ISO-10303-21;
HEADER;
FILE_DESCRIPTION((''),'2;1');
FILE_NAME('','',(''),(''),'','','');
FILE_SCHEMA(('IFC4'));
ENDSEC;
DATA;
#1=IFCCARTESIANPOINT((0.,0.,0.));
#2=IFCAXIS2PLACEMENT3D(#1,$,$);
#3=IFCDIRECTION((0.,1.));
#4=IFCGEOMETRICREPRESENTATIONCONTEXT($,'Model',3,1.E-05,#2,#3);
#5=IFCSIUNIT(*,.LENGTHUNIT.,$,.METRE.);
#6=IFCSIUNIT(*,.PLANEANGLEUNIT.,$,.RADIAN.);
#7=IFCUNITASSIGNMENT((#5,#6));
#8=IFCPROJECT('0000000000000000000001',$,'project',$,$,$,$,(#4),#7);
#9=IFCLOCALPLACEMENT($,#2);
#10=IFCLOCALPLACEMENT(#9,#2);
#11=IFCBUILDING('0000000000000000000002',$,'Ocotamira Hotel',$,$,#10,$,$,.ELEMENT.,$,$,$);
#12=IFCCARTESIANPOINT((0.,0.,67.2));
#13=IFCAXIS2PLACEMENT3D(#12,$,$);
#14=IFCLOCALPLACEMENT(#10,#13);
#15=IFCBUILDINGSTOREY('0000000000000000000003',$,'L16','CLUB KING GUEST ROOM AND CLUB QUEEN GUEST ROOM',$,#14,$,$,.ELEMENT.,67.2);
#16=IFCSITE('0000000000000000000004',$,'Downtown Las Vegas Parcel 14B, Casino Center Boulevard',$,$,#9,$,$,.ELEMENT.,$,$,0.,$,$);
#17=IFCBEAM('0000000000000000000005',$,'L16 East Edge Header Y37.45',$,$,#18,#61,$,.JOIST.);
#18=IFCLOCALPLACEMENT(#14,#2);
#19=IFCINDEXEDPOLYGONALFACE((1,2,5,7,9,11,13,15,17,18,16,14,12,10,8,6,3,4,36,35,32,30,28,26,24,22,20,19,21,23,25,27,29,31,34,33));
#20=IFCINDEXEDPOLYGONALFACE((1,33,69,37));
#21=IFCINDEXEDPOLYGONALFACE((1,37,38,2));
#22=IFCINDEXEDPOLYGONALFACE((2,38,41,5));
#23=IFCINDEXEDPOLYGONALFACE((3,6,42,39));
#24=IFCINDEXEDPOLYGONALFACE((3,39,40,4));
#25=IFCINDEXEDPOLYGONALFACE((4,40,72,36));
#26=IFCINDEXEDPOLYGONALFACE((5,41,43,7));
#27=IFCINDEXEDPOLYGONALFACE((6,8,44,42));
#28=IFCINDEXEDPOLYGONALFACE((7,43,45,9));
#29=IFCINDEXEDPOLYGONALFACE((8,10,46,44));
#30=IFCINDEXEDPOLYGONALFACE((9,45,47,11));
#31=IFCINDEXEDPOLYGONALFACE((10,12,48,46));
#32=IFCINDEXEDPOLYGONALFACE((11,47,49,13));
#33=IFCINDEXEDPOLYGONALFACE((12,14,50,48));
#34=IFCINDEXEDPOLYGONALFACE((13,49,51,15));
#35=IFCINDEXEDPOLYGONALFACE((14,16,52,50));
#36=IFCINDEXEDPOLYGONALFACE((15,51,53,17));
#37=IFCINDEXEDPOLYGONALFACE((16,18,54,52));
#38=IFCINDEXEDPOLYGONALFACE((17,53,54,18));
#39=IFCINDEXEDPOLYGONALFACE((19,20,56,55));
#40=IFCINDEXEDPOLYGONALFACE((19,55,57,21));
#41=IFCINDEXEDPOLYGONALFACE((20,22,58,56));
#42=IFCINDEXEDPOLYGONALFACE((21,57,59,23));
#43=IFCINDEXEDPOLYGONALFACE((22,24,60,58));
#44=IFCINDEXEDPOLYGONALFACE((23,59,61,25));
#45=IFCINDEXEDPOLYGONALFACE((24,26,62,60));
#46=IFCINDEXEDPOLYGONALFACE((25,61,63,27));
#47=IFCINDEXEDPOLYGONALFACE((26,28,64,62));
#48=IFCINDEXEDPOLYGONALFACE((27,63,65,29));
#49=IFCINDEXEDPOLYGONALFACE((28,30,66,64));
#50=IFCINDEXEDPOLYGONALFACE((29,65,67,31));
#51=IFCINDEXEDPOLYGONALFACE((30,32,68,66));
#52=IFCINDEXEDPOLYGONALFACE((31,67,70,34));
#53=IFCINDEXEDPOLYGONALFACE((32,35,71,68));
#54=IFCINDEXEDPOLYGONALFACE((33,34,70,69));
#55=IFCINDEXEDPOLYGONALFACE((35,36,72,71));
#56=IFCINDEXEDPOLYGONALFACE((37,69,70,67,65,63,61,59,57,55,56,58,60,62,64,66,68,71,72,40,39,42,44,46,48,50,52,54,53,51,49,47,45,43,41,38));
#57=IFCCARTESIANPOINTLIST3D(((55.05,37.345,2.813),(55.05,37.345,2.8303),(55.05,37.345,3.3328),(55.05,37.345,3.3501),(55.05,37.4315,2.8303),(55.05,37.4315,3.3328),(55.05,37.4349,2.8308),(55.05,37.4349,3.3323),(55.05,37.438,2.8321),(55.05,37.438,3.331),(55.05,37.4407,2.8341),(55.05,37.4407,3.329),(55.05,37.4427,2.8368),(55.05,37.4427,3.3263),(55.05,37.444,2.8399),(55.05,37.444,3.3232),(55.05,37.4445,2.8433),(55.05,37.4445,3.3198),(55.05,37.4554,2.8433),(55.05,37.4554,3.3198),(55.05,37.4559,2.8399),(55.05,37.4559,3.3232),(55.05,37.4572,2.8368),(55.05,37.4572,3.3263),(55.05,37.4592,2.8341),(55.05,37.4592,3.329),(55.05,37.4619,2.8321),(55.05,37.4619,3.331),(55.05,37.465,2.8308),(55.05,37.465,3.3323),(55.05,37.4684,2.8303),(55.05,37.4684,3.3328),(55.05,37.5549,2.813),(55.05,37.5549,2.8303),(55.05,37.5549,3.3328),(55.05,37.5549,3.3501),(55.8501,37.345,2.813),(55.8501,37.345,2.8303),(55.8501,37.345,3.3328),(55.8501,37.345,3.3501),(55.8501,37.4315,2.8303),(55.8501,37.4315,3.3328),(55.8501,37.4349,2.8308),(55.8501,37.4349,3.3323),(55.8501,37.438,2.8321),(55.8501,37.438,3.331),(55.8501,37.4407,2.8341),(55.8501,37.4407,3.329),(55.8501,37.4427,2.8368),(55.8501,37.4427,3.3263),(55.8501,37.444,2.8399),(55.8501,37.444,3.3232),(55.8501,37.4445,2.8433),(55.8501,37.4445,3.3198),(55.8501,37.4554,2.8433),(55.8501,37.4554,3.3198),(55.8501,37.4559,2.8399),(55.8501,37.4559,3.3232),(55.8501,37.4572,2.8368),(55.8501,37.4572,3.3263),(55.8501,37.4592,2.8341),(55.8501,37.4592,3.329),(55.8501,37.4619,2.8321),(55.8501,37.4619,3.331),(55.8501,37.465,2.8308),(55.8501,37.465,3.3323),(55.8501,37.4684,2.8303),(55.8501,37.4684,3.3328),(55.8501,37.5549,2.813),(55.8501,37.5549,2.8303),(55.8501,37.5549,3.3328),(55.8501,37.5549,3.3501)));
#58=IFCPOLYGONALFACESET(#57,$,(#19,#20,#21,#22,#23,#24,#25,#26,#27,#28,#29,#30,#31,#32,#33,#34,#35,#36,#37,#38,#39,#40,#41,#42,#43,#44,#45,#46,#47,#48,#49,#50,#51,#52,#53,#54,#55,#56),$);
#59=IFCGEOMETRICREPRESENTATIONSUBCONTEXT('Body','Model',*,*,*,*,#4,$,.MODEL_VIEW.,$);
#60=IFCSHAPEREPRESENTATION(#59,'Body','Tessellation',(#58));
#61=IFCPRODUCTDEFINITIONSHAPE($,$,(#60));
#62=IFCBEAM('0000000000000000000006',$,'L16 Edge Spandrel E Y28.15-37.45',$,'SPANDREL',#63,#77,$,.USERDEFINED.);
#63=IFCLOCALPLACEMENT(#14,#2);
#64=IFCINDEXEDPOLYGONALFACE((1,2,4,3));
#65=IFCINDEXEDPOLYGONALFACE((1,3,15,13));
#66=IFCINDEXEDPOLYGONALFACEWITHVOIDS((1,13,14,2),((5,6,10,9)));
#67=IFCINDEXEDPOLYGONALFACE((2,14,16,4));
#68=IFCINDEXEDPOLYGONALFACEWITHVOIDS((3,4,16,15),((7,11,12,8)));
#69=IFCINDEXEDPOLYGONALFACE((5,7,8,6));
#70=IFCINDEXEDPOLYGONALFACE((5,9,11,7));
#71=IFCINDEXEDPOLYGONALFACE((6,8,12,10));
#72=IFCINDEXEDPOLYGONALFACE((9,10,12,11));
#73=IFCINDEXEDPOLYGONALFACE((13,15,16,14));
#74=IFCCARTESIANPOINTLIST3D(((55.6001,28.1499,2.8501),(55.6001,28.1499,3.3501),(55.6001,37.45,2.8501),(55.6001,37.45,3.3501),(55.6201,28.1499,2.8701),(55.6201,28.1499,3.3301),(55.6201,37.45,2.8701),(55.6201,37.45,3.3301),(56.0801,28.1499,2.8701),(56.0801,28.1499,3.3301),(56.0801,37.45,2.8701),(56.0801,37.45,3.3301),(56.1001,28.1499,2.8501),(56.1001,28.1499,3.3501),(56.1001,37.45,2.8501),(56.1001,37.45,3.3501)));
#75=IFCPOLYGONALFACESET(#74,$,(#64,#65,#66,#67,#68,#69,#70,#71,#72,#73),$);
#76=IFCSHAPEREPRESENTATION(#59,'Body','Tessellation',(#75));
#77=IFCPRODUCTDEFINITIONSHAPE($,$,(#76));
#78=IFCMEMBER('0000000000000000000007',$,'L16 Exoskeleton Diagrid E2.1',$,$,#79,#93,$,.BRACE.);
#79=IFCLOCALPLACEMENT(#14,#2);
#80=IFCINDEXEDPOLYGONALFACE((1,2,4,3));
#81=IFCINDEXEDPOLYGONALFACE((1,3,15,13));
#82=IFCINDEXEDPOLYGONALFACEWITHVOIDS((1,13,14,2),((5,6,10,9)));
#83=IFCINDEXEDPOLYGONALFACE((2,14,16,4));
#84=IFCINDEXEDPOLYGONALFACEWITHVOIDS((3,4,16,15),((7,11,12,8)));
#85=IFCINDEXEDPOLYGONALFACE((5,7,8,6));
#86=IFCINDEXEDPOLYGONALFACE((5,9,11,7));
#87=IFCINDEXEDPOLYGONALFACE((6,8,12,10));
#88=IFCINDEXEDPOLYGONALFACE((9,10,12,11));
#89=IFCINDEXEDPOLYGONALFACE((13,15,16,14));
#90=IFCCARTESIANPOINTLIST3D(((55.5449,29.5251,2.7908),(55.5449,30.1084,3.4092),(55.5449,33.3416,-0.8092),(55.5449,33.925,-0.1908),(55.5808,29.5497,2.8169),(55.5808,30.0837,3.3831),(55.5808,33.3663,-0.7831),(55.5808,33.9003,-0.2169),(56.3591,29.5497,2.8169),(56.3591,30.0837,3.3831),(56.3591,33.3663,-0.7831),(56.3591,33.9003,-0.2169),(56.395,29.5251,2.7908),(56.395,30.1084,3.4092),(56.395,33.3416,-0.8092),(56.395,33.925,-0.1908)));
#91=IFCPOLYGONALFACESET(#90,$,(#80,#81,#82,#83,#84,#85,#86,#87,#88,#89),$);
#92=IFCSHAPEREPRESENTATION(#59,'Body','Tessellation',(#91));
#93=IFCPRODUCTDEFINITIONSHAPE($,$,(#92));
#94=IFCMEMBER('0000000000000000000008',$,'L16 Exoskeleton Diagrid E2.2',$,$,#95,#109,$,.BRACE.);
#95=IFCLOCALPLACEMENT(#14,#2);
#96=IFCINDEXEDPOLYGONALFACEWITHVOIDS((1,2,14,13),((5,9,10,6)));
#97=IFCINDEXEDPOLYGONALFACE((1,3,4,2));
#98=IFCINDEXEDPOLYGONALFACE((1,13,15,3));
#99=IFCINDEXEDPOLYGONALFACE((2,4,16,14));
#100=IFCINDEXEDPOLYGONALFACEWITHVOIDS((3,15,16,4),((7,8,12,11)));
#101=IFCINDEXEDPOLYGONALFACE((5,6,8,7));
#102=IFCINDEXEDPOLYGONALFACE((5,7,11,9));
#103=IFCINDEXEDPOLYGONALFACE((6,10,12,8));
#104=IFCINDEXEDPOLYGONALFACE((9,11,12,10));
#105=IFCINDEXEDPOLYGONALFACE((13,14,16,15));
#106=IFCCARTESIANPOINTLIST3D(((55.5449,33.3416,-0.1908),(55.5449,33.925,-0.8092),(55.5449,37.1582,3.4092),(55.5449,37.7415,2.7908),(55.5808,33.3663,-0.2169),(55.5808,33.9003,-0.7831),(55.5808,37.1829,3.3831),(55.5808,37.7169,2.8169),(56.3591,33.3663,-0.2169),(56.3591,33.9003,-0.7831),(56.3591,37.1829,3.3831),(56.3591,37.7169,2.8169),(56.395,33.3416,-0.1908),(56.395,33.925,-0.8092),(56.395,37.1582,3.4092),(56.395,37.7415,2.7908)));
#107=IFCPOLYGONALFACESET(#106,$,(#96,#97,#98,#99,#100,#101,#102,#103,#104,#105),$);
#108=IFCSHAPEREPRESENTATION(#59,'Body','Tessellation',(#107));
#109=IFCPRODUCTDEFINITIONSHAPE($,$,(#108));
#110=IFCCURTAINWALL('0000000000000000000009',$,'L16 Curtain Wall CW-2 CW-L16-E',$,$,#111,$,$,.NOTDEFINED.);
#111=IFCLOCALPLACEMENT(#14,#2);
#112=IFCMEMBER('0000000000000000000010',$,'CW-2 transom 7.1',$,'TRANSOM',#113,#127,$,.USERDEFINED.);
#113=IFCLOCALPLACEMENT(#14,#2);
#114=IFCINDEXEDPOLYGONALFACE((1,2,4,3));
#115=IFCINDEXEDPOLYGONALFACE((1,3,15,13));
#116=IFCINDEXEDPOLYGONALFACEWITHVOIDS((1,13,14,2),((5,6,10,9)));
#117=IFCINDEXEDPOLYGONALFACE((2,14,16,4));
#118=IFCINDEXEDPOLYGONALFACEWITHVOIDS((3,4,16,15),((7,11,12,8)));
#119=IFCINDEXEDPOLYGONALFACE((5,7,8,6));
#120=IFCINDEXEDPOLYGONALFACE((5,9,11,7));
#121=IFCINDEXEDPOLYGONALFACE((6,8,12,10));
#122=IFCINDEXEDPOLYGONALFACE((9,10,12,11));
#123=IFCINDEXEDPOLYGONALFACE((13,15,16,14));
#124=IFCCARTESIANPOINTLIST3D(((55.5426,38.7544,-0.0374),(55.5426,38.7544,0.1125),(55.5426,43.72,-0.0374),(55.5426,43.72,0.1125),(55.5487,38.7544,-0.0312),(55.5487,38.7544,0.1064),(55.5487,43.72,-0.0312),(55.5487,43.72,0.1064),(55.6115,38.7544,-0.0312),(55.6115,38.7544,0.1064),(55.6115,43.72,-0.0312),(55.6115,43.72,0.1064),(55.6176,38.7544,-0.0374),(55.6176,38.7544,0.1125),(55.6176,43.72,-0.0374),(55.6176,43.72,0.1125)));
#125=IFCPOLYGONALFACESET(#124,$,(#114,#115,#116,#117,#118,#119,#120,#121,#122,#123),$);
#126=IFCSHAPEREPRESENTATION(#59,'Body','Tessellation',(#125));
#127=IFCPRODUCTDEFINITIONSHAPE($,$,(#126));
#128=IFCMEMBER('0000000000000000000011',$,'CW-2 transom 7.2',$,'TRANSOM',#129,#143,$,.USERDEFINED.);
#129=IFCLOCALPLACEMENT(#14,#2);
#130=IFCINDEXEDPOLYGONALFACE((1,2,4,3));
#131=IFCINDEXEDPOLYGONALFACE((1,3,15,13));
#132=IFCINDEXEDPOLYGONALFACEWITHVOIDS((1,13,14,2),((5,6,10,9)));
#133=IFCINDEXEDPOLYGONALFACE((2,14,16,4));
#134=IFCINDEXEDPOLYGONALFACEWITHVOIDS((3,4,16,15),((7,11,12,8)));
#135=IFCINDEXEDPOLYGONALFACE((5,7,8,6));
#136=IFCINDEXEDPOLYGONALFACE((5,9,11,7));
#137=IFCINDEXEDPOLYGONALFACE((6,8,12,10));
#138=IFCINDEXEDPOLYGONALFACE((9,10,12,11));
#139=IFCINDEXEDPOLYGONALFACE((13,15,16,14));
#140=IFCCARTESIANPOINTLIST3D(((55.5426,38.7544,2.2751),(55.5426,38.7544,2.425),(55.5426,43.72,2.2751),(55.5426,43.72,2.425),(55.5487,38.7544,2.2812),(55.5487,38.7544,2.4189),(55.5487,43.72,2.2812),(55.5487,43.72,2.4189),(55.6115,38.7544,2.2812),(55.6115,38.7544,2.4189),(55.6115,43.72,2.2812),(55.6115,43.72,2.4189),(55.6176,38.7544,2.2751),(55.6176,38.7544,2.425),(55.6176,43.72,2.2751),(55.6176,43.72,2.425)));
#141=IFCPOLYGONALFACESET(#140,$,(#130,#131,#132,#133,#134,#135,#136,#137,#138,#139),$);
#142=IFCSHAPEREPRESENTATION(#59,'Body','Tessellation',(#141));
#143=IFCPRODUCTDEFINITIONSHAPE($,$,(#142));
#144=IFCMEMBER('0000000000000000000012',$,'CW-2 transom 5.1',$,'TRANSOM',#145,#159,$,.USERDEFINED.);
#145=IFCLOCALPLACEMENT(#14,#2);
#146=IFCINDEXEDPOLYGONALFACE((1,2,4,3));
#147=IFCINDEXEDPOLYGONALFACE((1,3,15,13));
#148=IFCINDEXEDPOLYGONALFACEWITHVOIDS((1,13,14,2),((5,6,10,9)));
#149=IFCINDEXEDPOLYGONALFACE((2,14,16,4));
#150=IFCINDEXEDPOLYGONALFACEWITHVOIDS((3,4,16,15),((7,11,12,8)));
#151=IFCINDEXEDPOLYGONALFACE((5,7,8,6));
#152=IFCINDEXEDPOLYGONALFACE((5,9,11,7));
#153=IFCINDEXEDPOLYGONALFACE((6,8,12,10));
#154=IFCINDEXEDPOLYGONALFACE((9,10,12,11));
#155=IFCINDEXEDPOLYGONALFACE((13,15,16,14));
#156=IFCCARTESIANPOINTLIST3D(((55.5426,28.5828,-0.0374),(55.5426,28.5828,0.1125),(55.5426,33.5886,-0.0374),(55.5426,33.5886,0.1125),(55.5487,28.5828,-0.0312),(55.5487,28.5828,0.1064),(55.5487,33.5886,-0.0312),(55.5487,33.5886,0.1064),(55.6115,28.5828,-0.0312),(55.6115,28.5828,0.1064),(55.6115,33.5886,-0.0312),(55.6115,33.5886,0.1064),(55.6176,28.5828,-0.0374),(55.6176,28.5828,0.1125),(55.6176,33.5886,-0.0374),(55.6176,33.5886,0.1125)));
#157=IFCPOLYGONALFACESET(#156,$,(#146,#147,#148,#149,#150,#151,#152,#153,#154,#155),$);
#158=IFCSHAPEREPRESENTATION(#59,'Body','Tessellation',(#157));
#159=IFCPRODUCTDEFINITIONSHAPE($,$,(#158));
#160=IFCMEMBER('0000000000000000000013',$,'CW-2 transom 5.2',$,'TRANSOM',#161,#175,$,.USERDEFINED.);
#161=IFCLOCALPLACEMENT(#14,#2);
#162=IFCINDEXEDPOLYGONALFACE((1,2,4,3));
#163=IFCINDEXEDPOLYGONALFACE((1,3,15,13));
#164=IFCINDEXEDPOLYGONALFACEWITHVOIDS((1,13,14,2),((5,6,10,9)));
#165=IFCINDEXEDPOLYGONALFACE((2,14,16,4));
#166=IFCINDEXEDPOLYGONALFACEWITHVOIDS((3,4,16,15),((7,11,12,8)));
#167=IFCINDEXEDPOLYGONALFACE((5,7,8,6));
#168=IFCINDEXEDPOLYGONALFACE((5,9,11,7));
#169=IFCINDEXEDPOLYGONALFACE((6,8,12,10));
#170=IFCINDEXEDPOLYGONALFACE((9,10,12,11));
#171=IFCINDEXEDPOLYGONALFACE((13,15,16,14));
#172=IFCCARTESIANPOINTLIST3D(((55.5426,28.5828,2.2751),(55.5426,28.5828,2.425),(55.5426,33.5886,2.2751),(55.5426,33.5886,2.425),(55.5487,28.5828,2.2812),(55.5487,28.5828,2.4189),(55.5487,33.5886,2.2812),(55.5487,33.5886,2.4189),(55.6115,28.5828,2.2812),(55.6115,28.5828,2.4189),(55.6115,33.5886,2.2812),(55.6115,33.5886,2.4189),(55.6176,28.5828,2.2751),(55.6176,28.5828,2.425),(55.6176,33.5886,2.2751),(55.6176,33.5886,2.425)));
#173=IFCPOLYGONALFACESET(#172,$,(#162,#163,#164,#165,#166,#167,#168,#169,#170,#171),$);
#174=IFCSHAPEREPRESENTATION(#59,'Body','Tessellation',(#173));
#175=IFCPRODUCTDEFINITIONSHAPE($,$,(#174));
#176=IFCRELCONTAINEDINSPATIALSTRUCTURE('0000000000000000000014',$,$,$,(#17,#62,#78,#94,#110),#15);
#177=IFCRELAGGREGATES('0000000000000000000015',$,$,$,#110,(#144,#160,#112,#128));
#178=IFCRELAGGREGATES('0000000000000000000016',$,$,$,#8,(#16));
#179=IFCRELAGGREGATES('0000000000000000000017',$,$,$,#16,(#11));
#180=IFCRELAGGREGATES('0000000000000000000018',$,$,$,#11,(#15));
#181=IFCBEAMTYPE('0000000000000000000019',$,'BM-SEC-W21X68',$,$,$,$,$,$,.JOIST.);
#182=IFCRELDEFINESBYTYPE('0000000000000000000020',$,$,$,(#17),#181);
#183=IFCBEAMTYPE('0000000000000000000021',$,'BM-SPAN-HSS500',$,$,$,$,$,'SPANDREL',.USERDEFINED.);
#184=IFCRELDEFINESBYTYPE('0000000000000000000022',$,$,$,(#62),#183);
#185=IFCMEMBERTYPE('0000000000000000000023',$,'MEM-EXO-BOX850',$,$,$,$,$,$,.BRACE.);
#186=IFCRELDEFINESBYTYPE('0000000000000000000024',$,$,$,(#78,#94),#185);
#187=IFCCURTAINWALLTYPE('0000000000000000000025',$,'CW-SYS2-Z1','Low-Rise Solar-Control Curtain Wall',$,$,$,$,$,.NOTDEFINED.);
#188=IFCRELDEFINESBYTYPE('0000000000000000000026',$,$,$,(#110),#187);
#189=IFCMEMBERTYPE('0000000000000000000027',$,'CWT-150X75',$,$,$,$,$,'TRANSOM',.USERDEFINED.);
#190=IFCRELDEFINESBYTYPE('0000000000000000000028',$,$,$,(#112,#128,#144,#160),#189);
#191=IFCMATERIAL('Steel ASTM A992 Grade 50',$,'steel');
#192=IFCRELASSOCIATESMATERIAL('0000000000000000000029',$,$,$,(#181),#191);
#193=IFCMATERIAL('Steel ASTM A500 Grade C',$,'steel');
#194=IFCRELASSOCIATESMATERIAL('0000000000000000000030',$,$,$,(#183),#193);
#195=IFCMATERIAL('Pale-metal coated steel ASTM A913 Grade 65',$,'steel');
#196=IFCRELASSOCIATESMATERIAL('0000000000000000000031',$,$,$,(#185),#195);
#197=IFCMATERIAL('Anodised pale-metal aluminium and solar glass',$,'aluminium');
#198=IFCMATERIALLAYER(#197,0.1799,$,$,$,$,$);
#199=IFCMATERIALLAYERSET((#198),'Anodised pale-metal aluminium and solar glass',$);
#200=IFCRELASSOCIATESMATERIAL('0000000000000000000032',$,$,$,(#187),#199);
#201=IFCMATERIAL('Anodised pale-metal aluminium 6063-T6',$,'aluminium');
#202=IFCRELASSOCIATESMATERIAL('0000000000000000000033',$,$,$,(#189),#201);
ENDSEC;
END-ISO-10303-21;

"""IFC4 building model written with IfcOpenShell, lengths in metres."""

from ifc_helpers import new_model, si_unit, direction, frame, origin, origin_2d, place, context, subcontext, project, spatial, hollow_rectangle, i_section, extrude, source, transform, mapped, material, layer, layer_set, material_profile, profile_set, type_object, element, aggregate, save


model = new_model("IFC4")

# Units and contexts
model_context = context("Model", 3, precision=1e-05, world=origin(), true_north=direction((0.0, 1.0)))
body_context = subcontext(model_context, "Body", "Model", "MODEL_VIEW")
ifc_project = project(units=[si_unit("LENGTHUNIT", "METRE"), si_unit("PLANEANGLEUNIT", "RADIAN")], contexts=[model_context])

# Site, building, storey
site_placement = place(None, origin())
site = spatial("IfcSite", under=ifc_project, at=site_placement, Name="Downtown Las Vegas Parcel 14B, Casino Center Boulevard", CompositionType="ELEMENT", RefElevation=0.0)
building_placement = place(site_placement, origin())
building = spatial("IfcBuilding", under=site, at=building_placement, Name="Ocotamira Hotel", CompositionType="ELEMENT")
storey_placement = place(building_placement, frame((0.0, 0.0, 67.2)))
storey = spatial("IfcBuildingStorey", under=building, at=storey_placement, Name="L16", Description="CLUB KING GUEST ROOM AND CLUB QUEEN GUEST ROOM", CompositionType="ELEMENT", Elevation=67.2)

# Beams
ifc_material_1 = material(Name="Steel ASTM A500 Grade C", Category="steel")
ifc_material_2 = material(Name="Steel ASTM A992 Grade 50", Category="steel")
ifc_material_profile_1 = material_profile(ifc_material_2, i_section(OverallWidth=0.21, OverallDepth=0.5371, WebThickness=0.011, FlangeThickness=0.0173, FilletRadius=0.0129, at=origin_2d()), Name="W21X68")
ifc_profile_set_1 = profile_set([ifc_material_profile_1], Name="Steel ASTM A992 Grade 50")
beam_type_1 = type_object("IfcBeamType", Name="BM-SEC-W21X68", PredefinedType="JOIST", material=ifc_profile_set_1)
shared_shape_1 = source(origin(), body_context, "Body", "SweptSolid", [
    extrude(i_section(OverallWidth=0.21, OverallDepth=0.5371, WebThickness=0.011, FlangeThickness=0.0173, FilletRadius=0.0129, at=origin_2d()), origin(), (0.0, 0.0, 1.0), 0.8),
])
for number, where, z_axis, x_axis, name in (
    (1, (55.05, 37.45, 3.0815), (1.0, 0.0, 0.0), (0.0, 1.0, 0.0), "L16 East Edge Header Y37.45"),
):
    element("IfcBeam", number, at=place(storey_placement, frame(where, z_axis=z_axis, x_axis=x_axis)), inside=storey, type_object=beam_type_1, Name=name, PredefinedType="JOIST", context=body_context, shape_type="MappedRepresentation", body=[
        mapped(shared_shape_1, transform((0.0, 0.0, 0.0), scale=1.0)),
    ])
ifc_material_profile_2 = material_profile(ifc_material_1, hollow_rectangle(XDim=0.5, YDim=0.5, WallThickness=0.02, at=origin_2d()), Name="HSS500X500X20")
ifc_profile_set_2 = profile_set([ifc_material_profile_2], Name="Steel ASTM A500 Grade C")
beam_type_2 = type_object("IfcBeamType", Name="BM-SPAN-HSS500", ElementType="SPANDREL", PredefinedType="USERDEFINED", material=ifc_profile_set_2)
shared_shape_2 = source(origin(), body_context, "Body", "SweptSolid", [
    extrude(hollow_rectangle(XDim=0.5, YDim=0.5, WallThickness=0.02, at=origin_2d()), origin(), (0.0, 0.0, 1.0), 9.3),
])
beam_1_placement = place(storey_placement, frame((55.8501, 28.1499, 3.1001), z_axis=(0.0, 1.0, 0.0), x_axis=(-1.0, 0.0, 0.0)))
element("IfcBeam", 2, at=beam_1_placement, inside=storey, type_object=beam_type_2, Name="L16 Edge Spandrel E Y28.15-37.45", ObjectType="SPANDREL", PredefinedType="USERDEFINED", context=body_context, shape_type="MappedRepresentation", body=[
    mapped(shared_shape_2, transform((0.0, 0.0, 0.0), scale=1.0)),
])

# Members
ifc_material_3 = material(Name="Pale-metal coated steel ASTM A913 Grade 65", Category="steel")
ifc_material_profile_3 = material_profile(ifc_material_3, hollow_rectangle(XDim=0.8501, YDim=0.8501, WallThickness=0.0359, at=origin_2d()), Name="BOX850X850X36")
ifc_profile_set_3 = profile_set([ifc_material_profile_3], Name="Pale-metal coated steel ASTM A913 Grade 65")
member_type_1 = type_object("IfcMemberType", Name="MEM-EXO-BOX850", PredefinedType="BRACE", material=ifc_profile_set_3)
shared_shape_3 = source(origin(), body_context, "Body", "SweptSolid", [
    extrude(hollow_rectangle(XDim=0.8501, YDim=0.8501, WallThickness=0.0359, at=origin_2d()), origin(), (0.0, 0.0, 1.0), 5.2466),
])
for number, where, z_axis, x_axis, name in (
    (3, (55.97, 33.6333, -0.5), (0.0, -0.727443, 0.686168), (1.0, 0.0, 0.0), "L16 Exoskeleton Diagrid E2.1"),
    (4, (55.97, 33.6333, -0.5), (0.0, 0.727443, 0.686168), (-1.0, 0.0, 0.0), "L16 Exoskeleton Diagrid E2.2"),
):
    element("IfcMember", number, at=place(storey_placement, frame(where, z_axis=z_axis, x_axis=x_axis)), inside=storey, type_object=member_type_1, Name=name, PredefinedType="BRACE", context=body_context, shape_type="MappedRepresentation", body=[
        mapped(shared_shape_3, transform((0.0, 0.0, 0.0), scale=1.0)),
    ])

# Curtain wall, members
ifc_material_4 = material(Name="Anodised pale-metal aluminium and solar glass", Category="aluminium")
ifc_layer_1 = layer(ifc_material_4, 0.1799)
ifc_layer_set_1 = layer_set([ifc_layer_1], Name="Anodised pale-metal aluminium and solar glass")
curtain_wall_type = type_object("IfcCurtainWallType", Name="CW-SYS2-Z1", Description="Low-Rise Solar-Control Curtain Wall", PredefinedType="NOTDEFINED", material=ifc_layer_set_1)
curtain_wall_placement = place(storey_placement, origin())
curtain_wall = element("IfcCurtainWall", 5, at=curtain_wall_placement, inside=storey, type_object=curtain_wall_type, Name="L16 Curtain Wall CW-2 CW-L16-E", PredefinedType="NOTDEFINED")
ifc_material_5 = material(Name="Anodised pale-metal aluminium 6063-T6", Category="aluminium")
ifc_material_profile_4 = material_profile(ifc_material_5, hollow_rectangle(XDim=0.075, YDim=0.1499, WallThickness=0.0061, at=origin_2d()), Name="HSS150X75X6")
ifc_profile_set_4 = profile_set([ifc_material_profile_4], Name="Anodised pale-metal aluminium 6063-T6")
member_type_2 = type_object("IfcMemberType", Name="CWT-150X75", ElementType="TRANSOM", PredefinedType="USERDEFINED", material=ifc_profile_set_4)
shared_shape_4 = source(origin(), body_context, "Body", "SweptSolid", [
    extrude(hollow_rectangle(XDim=0.075, YDim=0.1499, WallThickness=0.0061, at=origin_2d()), origin(), (0.0, 0.0, 1.0), 4.9656),
])
member_1_placement = place(storey_placement, frame((55.5801, 38.7544, 0.0376), z_axis=(0.0, 1.0, 0.0), x_axis=(-1.0, 0.0, 0.0)))
member_1 = element("IfcMember", 6, at=member_1_placement, type_object=member_type_2, Name="CW-2 transom 7.1", ObjectType="TRANSOM", PredefinedType="USERDEFINED", context=body_context, shape_type="MappedRepresentation", body=[
    mapped(shared_shape_4, transform((0.0, 0.0, 0.0), scale=1.0)),
])
member_2_placement = place(storey_placement, frame((55.5801, 38.7544, 2.3501), z_axis=(0.0, 1.0, 0.0), x_axis=(-1.0, 0.0, 0.0)))
member_2 = element("IfcMember", 7, at=member_2_placement, type_object=member_type_2, Name="CW-2 transom 7.2", ObjectType="TRANSOM", PredefinedType="USERDEFINED", context=body_context, shape_type="MappedRepresentation", body=[
    mapped(shared_shape_4, transform((0.0, 0.0, 0.0), scale=1.0)),
])
shared_shape_5 = source(origin(), body_context, "Body", "SweptSolid", [
    extrude(hollow_rectangle(XDim=0.075, YDim=0.1499, WallThickness=0.0061, at=origin_2d()), origin(), (0.0, 0.0, 1.0), 5.0059),
])
member_3_placement = place(storey_placement, frame((55.5801, 28.5828, 0.0376), z_axis=(0.0, 1.0, 0.0), x_axis=(-1.0, 0.0, 0.0)))
member_3 = element("IfcMember", 8, at=member_3_placement, type_object=member_type_2, Name="CW-2 transom 5.1", ObjectType="TRANSOM", PredefinedType="USERDEFINED", context=body_context, shape_type="MappedRepresentation", body=[
    mapped(shared_shape_5, transform((0.0, 0.0, 0.0), scale=1.0)),
])
member_4_placement = place(storey_placement, frame((55.5801, 28.5828, 2.3501), z_axis=(0.0, 1.0, 0.0), x_axis=(-1.0, 0.0, 0.0)))
member_4 = element("IfcMember", 9, at=member_4_placement, type_object=member_type_2, Name="CW-2 transom 5.2", ObjectType="TRANSOM", PredefinedType="USERDEFINED", context=body_context, shape_type="MappedRepresentation", body=[
    mapped(shared_shape_5, transform((0.0, 0.0, 0.0), scale=1.0)),
])

aggregate(curtain_wall, [member_3, member_4, member_1, member_2])

save(model, "model.ifc")
